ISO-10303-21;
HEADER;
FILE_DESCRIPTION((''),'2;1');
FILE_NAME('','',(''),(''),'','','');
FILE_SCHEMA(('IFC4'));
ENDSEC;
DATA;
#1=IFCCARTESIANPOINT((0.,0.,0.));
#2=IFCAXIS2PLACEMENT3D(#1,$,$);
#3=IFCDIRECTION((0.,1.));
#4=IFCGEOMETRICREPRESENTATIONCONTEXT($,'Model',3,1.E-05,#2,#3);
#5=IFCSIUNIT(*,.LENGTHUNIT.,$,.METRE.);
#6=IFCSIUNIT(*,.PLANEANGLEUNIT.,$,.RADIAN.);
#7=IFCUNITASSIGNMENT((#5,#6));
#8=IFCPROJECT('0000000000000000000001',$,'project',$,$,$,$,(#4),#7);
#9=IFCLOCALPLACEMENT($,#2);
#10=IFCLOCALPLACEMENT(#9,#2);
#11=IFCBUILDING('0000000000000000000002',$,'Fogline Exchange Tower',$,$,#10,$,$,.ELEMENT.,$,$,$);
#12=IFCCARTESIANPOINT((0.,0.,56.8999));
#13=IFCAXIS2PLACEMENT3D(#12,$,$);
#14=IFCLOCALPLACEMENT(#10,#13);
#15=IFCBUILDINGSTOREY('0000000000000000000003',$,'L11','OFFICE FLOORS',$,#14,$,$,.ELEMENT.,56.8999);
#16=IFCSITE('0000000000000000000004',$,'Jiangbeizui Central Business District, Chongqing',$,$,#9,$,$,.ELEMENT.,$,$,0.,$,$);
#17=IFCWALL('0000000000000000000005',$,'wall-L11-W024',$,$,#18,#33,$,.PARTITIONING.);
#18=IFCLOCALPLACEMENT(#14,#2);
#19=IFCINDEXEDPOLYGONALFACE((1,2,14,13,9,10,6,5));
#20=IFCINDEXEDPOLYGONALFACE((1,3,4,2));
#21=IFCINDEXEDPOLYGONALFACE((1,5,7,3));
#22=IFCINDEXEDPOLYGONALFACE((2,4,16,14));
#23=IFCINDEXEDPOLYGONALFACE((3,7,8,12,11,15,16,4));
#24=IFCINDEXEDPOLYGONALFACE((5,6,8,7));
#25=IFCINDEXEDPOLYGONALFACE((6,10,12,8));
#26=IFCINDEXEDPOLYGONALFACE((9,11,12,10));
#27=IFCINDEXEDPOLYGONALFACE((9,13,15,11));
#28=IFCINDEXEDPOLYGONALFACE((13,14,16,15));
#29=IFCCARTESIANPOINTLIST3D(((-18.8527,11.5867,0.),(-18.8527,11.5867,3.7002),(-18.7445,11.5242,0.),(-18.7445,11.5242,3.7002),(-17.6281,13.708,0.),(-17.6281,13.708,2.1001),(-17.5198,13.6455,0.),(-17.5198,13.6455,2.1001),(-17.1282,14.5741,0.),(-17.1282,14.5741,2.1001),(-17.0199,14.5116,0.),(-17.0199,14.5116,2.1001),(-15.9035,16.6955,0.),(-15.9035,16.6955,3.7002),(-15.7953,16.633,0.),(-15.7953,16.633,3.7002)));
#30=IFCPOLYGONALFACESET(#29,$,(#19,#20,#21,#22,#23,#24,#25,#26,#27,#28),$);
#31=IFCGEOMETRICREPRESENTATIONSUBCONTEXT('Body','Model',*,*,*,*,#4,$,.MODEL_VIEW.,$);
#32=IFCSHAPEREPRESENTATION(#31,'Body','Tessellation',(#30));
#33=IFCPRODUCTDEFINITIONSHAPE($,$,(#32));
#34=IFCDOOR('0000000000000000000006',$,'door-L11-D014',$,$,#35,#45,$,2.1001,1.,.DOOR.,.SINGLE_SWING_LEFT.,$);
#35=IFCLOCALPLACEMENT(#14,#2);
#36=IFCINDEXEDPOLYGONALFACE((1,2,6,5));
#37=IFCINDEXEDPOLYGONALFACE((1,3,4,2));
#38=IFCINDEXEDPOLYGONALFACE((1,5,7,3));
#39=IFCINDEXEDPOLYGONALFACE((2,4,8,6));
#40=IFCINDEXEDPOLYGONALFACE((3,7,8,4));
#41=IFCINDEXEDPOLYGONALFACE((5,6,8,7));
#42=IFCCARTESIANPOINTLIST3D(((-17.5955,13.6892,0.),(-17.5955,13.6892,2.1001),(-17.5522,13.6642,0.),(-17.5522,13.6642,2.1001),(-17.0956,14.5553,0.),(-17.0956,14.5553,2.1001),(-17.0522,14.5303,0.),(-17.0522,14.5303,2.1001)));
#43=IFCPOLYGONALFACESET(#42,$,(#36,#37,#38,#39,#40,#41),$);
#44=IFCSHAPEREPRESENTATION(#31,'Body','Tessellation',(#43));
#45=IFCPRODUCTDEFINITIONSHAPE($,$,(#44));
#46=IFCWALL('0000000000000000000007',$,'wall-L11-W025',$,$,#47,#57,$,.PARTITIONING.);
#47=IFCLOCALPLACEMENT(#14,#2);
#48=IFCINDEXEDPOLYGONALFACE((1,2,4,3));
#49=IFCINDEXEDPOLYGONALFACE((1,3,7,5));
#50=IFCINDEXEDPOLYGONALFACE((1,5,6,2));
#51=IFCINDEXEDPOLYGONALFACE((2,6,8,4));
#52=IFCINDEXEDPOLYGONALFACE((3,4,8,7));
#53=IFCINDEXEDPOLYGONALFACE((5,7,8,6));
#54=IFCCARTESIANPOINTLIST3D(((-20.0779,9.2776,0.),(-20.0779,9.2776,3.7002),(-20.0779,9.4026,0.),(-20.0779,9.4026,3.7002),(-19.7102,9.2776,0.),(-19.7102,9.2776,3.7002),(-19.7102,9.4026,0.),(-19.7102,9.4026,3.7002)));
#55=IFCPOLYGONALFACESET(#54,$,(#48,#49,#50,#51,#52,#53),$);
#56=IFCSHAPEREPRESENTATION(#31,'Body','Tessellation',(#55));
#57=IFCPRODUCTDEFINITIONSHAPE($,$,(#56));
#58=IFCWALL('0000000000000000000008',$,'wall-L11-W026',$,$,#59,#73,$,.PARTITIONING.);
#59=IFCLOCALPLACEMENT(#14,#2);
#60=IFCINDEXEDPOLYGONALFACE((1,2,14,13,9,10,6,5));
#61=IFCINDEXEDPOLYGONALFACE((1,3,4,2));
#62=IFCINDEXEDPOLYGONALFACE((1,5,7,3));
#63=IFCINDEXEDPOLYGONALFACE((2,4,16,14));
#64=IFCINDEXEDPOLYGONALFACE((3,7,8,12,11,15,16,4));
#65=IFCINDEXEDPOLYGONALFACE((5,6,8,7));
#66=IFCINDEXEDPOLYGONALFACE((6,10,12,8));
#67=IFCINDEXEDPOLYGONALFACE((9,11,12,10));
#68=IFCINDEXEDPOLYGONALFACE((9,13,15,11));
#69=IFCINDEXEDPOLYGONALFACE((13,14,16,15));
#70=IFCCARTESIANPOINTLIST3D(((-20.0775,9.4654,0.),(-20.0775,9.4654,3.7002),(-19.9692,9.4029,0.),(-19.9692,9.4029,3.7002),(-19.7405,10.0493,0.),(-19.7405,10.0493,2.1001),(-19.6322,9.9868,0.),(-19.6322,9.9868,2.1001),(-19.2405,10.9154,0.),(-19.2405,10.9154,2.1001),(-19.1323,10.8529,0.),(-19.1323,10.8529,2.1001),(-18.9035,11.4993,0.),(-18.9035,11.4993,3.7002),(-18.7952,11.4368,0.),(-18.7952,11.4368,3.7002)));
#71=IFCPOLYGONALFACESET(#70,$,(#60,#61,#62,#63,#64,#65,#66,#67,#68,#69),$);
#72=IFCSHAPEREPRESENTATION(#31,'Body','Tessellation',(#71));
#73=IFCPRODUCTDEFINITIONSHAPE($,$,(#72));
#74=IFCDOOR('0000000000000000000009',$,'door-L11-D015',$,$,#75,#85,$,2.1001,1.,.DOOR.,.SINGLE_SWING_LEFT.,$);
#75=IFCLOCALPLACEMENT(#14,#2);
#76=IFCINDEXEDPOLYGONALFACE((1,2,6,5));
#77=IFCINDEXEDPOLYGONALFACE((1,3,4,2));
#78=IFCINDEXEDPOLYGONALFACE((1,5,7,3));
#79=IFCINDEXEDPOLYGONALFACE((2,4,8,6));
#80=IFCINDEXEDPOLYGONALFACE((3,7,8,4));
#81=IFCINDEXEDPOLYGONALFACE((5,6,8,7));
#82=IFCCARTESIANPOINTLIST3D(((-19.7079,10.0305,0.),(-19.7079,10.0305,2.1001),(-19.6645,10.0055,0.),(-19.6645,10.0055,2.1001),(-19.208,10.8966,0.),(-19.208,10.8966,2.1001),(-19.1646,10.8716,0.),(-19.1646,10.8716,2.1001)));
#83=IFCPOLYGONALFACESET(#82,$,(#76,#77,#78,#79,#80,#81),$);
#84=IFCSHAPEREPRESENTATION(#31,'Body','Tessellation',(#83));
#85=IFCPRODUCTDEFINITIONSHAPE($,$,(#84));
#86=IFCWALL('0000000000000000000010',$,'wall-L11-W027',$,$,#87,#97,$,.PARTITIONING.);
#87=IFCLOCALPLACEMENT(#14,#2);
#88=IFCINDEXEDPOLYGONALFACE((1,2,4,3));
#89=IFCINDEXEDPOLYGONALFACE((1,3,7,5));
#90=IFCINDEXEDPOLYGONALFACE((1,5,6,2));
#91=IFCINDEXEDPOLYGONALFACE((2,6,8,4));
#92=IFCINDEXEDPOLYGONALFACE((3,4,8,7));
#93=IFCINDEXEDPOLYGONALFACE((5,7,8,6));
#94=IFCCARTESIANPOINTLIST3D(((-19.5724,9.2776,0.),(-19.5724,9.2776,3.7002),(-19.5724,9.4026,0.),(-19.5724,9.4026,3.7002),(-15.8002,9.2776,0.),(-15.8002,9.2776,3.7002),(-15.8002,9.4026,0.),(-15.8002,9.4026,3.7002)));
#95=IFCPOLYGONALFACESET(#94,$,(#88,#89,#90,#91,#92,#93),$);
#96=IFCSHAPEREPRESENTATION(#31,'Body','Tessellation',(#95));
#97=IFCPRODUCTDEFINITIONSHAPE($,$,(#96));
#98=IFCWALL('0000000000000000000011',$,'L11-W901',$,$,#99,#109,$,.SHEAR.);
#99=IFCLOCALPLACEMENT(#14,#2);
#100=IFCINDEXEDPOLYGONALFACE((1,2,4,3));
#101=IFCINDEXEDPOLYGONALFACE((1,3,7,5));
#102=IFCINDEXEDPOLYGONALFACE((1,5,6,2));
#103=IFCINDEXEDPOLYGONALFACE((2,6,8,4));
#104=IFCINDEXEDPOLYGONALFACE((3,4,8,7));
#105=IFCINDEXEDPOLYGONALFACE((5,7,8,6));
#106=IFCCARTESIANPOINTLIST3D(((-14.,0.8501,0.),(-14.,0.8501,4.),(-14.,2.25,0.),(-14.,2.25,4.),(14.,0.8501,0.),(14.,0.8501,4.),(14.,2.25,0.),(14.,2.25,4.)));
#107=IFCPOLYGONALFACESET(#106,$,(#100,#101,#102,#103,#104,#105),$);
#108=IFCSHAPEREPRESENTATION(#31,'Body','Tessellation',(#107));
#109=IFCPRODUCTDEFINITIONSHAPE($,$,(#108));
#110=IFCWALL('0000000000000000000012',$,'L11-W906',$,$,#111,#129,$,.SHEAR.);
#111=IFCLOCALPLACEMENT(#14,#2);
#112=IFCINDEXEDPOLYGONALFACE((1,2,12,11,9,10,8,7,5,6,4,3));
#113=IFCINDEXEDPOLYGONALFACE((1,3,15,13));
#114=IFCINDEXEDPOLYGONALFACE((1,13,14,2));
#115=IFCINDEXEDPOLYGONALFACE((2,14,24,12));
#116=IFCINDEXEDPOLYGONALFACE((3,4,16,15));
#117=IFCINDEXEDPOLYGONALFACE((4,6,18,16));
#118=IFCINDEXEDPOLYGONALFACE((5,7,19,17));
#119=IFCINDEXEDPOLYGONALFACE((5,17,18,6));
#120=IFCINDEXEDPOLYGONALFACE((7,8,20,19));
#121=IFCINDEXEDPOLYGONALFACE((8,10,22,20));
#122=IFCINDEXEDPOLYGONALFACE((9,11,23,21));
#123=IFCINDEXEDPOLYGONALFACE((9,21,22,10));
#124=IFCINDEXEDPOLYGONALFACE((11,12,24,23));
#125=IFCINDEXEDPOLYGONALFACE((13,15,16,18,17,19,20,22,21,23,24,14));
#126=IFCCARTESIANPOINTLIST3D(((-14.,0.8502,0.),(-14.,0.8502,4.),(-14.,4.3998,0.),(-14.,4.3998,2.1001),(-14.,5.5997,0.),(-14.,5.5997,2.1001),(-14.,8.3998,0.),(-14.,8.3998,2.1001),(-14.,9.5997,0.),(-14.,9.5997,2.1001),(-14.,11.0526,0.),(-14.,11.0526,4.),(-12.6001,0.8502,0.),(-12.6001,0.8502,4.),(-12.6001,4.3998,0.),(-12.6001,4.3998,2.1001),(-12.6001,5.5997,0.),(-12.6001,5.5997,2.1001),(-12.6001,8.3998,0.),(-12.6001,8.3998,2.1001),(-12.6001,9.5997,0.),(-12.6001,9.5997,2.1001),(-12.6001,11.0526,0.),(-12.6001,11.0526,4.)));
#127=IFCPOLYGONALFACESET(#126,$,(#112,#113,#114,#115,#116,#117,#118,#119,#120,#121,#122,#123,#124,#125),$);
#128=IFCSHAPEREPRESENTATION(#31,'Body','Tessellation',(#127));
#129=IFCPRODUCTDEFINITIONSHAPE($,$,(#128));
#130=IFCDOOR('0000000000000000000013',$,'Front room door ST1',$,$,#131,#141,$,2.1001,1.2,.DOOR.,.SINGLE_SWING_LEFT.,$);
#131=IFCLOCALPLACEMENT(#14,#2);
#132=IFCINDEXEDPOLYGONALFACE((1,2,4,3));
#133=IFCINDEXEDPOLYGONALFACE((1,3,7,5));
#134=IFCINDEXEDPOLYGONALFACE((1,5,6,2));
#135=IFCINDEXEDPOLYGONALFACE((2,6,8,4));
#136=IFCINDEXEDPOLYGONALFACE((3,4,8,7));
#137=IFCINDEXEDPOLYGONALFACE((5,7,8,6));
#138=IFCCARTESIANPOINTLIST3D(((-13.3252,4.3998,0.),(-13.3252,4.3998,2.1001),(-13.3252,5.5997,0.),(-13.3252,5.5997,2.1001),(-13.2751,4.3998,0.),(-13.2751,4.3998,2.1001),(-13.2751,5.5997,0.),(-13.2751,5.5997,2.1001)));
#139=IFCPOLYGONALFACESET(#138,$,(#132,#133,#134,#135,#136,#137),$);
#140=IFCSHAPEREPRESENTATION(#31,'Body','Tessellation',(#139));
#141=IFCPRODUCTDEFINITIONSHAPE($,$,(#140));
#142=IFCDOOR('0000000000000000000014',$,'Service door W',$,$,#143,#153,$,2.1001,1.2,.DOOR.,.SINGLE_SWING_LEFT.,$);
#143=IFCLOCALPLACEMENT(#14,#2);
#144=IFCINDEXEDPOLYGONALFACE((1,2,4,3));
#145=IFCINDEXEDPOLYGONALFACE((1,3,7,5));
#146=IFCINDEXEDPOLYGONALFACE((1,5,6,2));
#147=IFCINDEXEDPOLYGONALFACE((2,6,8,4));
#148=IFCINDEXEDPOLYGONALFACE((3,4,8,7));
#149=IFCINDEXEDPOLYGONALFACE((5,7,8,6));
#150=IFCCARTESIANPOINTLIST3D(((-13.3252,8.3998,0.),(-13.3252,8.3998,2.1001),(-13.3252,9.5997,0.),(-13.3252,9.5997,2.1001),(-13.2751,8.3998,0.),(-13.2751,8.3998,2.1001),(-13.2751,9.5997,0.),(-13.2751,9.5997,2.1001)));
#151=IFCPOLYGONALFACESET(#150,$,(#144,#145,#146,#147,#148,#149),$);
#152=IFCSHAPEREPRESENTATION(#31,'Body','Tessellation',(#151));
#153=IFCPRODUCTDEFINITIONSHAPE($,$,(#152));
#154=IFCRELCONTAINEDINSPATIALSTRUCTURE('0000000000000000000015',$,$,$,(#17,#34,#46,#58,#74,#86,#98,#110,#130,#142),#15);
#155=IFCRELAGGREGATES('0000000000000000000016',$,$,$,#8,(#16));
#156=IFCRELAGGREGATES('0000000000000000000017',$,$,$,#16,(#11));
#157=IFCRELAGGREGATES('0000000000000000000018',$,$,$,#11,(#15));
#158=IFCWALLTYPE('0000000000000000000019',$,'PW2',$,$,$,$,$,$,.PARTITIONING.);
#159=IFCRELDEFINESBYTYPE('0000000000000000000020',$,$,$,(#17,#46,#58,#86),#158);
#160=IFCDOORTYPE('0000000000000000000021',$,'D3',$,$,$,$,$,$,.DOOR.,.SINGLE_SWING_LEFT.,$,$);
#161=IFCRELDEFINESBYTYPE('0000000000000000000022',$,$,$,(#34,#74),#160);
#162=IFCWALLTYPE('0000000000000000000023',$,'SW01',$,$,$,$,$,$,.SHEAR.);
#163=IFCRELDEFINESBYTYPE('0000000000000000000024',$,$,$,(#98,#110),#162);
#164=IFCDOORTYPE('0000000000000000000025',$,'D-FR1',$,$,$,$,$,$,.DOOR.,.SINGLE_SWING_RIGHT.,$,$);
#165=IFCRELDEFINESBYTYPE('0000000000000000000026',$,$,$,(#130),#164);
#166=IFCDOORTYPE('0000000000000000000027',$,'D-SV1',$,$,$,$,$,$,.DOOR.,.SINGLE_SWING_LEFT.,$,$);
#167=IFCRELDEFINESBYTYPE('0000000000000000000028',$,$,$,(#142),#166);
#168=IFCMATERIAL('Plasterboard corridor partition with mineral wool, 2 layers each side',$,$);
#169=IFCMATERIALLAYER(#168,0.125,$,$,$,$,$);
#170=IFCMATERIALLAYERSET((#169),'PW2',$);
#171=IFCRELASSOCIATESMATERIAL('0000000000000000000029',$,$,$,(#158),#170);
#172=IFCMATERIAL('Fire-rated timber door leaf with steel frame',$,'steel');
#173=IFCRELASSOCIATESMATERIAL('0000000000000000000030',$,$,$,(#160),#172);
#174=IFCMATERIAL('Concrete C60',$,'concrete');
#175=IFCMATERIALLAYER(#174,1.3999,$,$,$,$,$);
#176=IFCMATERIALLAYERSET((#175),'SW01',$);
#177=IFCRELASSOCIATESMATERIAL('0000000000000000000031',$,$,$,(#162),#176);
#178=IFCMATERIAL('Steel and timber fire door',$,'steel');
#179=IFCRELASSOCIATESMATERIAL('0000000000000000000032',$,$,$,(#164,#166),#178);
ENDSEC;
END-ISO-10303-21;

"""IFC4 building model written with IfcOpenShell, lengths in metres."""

from ifc_helpers import new_model, si_unit, direction, frame, frame_2d, origin, place, context, subcontext, project, spatial, rectangle, extrude, material, layer, layer_set, type_object, element, fill, save


model = new_model("IFC4")

# Units and contexts
model_context = context("Model", 3, precision=1e-05, world=origin(), true_north=direction((0.0, 1.0)))
body_context = subcontext(model_context, "Body", "Model", "MODEL_VIEW")
ifc_project = project(units=[si_unit("LENGTHUNIT", "METRE"), si_unit("PLANEANGLEUNIT", "RADIAN")], contexts=[model_context])

# Site, building, storey
site_placement = place(None, origin())
site = spatial("IfcSite", under=ifc_project, at=site_placement, Name="Jiangbeizui Central Business District, Chongqing", CompositionType="ELEMENT", RefElevation=0.0)
building_placement = place(site_placement, origin())
building = spatial("IfcBuilding", under=site, at=building_placement, Name="Fogline Exchange Tower", CompositionType="ELEMENT")
storey_placement = place(building_placement, frame((0.0, 0.0, 56.8999)))
storey = spatial("IfcBuildingStorey", under=building, at=storey_placement, Name="L11", Description="OFFICE FLOORS", CompositionType="ELEMENT", Elevation=56.8999)

# Shared definitions
ifc_material_1 = material(Name="Plasterboard corridor partition with mineral wool, 2 layers each side")
ifc_layer_1 = layer(ifc_material_1, 0.125)
ifc_layer_set_1 = layer_set([ifc_layer_1], Name="PW2")
wall_type_1 = type_object("IfcWallType", Name="PW2", PredefinedType="PARTITIONING", material=ifc_layer_set_1)

# Wall, opening, door
ifc_material_2 = material(Name="Fire-rated timber door leaf with steel frame", Category="steel")
door_type_1 = type_object("IfcDoorType", Name="D3", OperationType="SINGLE_SWING_LEFT", PredefinedType="DOOR", material=ifc_material_2)
wall_1_placement = place(storey_placement, frame((-18.7986, 11.5554, 0.0), z_axis=(0.0, 0.0, 1.0), x_axis=(0.499949, 0.866055, 0.0)))
wall_1 = element("IfcWall", 1, at=wall_1_placement, inside=storey, type_object=wall_type_1, Name="wall-L11-W024", PredefinedType="PARTITIONING", context=body_context, shape_type="SweptSolid", body=[
    extrude(rectangle(XDim=5.8989, YDim=0.125, at=frame_2d((2.9495, 0.0))), origin(), (0.0, 0.0, 1.0), 3.7002),
])
opening_1_placement = place(wall_1_placement, frame((2.4495, 0.0, 0.0)))
opening_1 = element("IfcOpeningElement", 2, at=opening_1_placement, cuts=wall_1, PredefinedType="OPENING", context=body_context, shape_type="SweptSolid", body=[
    extrude(rectangle(XDim=1.0, YDim=2.1001, at=frame_2d((0.5, 1.05))), frame((0.0, 0.0725, 0.0), z_axis=(0.0, -1.0, 0.0), x_axis=(1.0, 0.0, 0.0)), (0.0, 0.0, 1.0), 0.145),
])
door_1_placement = place(opening_1_placement, origin())
door_1 = element("IfcDoor", 3, at=door_1_placement, inside=storey, type_object=door_type_1, Name="door-L11-D014", OperationType="SINGLE_SWING_LEFT", OverallHeight=2.1001, OverallWidth=1.0, PredefinedType="DOOR", context=body_context, shape_type="SweptSolid", body=[
    extrude(rectangle(XDim=1.0, YDim=2.1001, at=frame_2d((0.5, 1.05))), frame((0.0, 0.0249, 0.0), z_axis=(0.0, -1.0, 0.0), x_axis=(1.0, 0.0, 0.0)), (0.0, 0.0, 1.0), 0.05),
])
fill(opening_1, door_1)

# Wall
wall_2_placement = place(storey_placement, frame((-19.7102, 9.3401, 0.0), z_axis=(0.0, 0.0, 1.0), x_axis=(-1.0, 0.0, 0.0)))
element("IfcWall", 4, at=wall_2_placement, inside=storey, type_object=wall_type_1, Name="wall-L11-W025", PredefinedType="PARTITIONING", context=body_context, shape_type="SweptSolid", body=[
    extrude(rectangle(XDim=0.3677, YDim=0.125, at=frame_2d((0.1838, 0.0))), origin(), (0.0, 0.0, 1.0), 3.7002),
])

# Wall, opening, door
wall_3_placement = place(storey_placement, frame((-20.0234, 9.4341, 0.0), z_axis=(0.0, 0.0, 1.0), x_axis=(0.499929, 0.866066, 0.0)))
wall_3 = element("IfcWall", 5, at=wall_3_placement, inside=storey, type_object=wall_type_1, Name="wall-L11-W026", PredefinedType="PARTITIONING", context=body_context, shape_type="SweptSolid", body=[
    extrude(rectangle(XDim=2.3484, YDim=0.125, at=frame_2d((1.1743, 0.0))), origin(), (0.0, 0.0, 1.0), 3.7002),
])
opening_2_placement = place(wall_3_placement, frame((0.6743, 0.0, 0.0)))
opening_2 = element("IfcOpeningElement", 6, at=opening_2_placement, cuts=wall_3, PredefinedType="OPENING", context=body_context, shape_type="SweptSolid", body=[
    extrude(rectangle(XDim=1.0, YDim=2.1001, at=frame_2d((0.5, 1.05))), frame((0.0, 0.0725, 0.0), z_axis=(0.0, -1.0, 0.0), x_axis=(1.0, 0.0, 0.0)), (0.0, 0.0, 1.0), 0.145),
])
door_2_placement = place(opening_2_placement, origin())
door_2 = element("IfcDoor", 7, at=door_2_placement, inside=storey, type_object=door_type_1, Name="door-L11-D015", OperationType="SINGLE_SWING_LEFT", OverallHeight=2.1001, OverallWidth=1.0, PredefinedType="DOOR", context=body_context, shape_type="SweptSolid", body=[
    extrude(rectangle(XDim=1.0, YDim=2.1001, at=frame_2d((0.5, 1.05))), frame((0.0, 0.0249, 0.0), z_axis=(0.0, -1.0, 0.0), x_axis=(1.0, 0.0, 0.0)), (0.0, 0.0, 1.0), 0.05),
])
fill(opening_2, door_2)

# Walls
wall_4_placement = place(storey_placement, frame((-15.8, 9.3401, 0.0), z_axis=(0.0, 0.0, 1.0), x_axis=(-1.0, 0.0, 0.0)))
element("IfcWall", 8, at=wall_4_placement, inside=storey, type_object=wall_type_1, Name="wall-L11-W027", PredefinedType="PARTITIONING", context=body_context, shape_type="SweptSolid", body=[
    extrude(rectangle(XDim=3.7722, YDim=0.125, at=frame_2d((1.8862, 0.0))), origin(), (0.0, 0.0, 1.0), 3.7002),
])
ifc_material_3 = material(Name="Concrete C60", Category="concrete")
ifc_layer_2 = layer(ifc_material_3, 1.3999)
ifc_layer_set_2 = layer_set([ifc_layer_2], Name="SW01")
wall_type_2 = type_object("IfcWallType", Name="SW01", PredefinedType="SHEAR", material=ifc_layer_set_2)
wall_5_placement = place(storey_placement, frame((-14.0, 1.55, 0.0), z_axis=(0.0, 0.0, 1.0), x_axis=(1.0, 0.0, 0.0)))
element("IfcWall", 9, at=wall_5_placement, inside=storey, type_object=wall_type_2, Name="L11-W901", PredefinedType="SHEAR", context=body_context, shape_type="SweptSolid", body=[
    extrude(rectangle(XDim=28.0, YDim=1.3999, at=frame_2d((14.0, 0.0))), origin(), (0.0, 0.0, 1.0), 4.0),
])

# Wall, openings, doors
wall_6_placement = place(storey_placement, frame((-13.3, 11.0525, 0.0), z_axis=(0.0, 0.0, 1.0), x_axis=(0.0, -1.0, 0.0)))
wall_6 = element("IfcWall", 10, at=wall_6_placement, inside=storey, type_object=wall_type_2, Name="L11-W906", PredefinedType="SHEAR", context=body_context, shape_type="SweptSolid", body=[
    extrude(rectangle(XDim=10.2024, YDim=1.3999, at=frame_2d((5.1011, 0.0))), origin(), (0.0, 0.0, 1.0), 4.0),
])
opening_3_placement = place(wall_6_placement, frame((5.4526, 0.0, 0.0)))
opening_3 = element("IfcOpeningElement", 11, at=opening_3_placement, cuts=wall_6, PredefinedType="OPENING", context=body_context, shape_type="SweptSolid", body=[
    extrude(rectangle(XDim=1.2, YDim=2.1001, at=frame_2d((0.6001, 1.05))), frame((0.0, 0.71, 0.0), z_axis=(0.0, -1.0, 0.0), x_axis=(1.0, 0.0, 0.0)), (0.0, 0.0, 1.0), 1.4199),
])
opening_4_placement = place(wall_6_placement, frame((1.4526, 0.0, 0.0)))
opening_4 = element("IfcOpeningElement", 12, at=opening_4_placement, cuts=wall_6, PredefinedType="OPENING", context=body_context, shape_type="SweptSolid", body=[
    extrude(rectangle(XDim=1.2, YDim=2.1001, at=frame_2d((0.6001, 1.05))), frame((0.0, 0.71, 0.0), z_axis=(0.0, -1.0, 0.0), x_axis=(1.0, 0.0, 0.0)), (0.0, 0.0, 1.0), 1.4199),
])
ifc_material_4 = material(Name="Steel and timber fire door", Category="steel")
door_type_2 = type_object("IfcDoorType", Name="D-FR1", OperationType="SINGLE_SWING_RIGHT", PredefinedType="DOOR", material=ifc_material_4)
door_3_placement = place(opening_3_placement, origin())
door_3 = element("IfcDoor", 13, at=door_3_placement, inside=storey, type_object=door_type_2, Name="Front room door ST1", OperationType="SINGLE_SWING_LEFT", OverallHeight=2.1001, OverallWidth=1.2, PredefinedType="DOOR", context=body_context, shape_type="SweptSolid", body=[
    extrude(rectangle(XDim=1.2, YDim=2.1001, at=frame_2d((0.6001, 1.05))), frame((0.0, 0.0249, 0.0), z_axis=(0.0, -1.0, 0.0), x_axis=(1.0, 0.0, 0.0)), (0.0, 0.0, 1.0), 0.05),
])
fill(opening_3, door_3)
door_type_3 = type_object("IfcDoorType", Name="D-SV1", OperationType="SINGLE_SWING_LEFT", PredefinedType="DOOR", material=ifc_material_4)
door_4_placement = place(opening_4_placement, origin())
door_4 = element("IfcDoor", 14, at=door_4_placement, inside=storey, type_object=door_type_3, Name="Service door W", OperationType="SINGLE_SWING_LEFT", OverallHeight=2.1001, OverallWidth=1.2, PredefinedType="DOOR", context=body_context, shape_type="SweptSolid", body=[
    extrude(rectangle(XDim=1.2, YDim=2.1001, at=frame_2d((0.6001, 1.05))), frame((0.0, 0.0249, 0.0), z_axis=(0.0, -1.0, 0.0), x_axis=(1.0, 0.0, 0.0)), (0.0, 0.0, 1.0), 0.05),
])
fill(opening_4, door_4)

save(model, "model.ifc")
